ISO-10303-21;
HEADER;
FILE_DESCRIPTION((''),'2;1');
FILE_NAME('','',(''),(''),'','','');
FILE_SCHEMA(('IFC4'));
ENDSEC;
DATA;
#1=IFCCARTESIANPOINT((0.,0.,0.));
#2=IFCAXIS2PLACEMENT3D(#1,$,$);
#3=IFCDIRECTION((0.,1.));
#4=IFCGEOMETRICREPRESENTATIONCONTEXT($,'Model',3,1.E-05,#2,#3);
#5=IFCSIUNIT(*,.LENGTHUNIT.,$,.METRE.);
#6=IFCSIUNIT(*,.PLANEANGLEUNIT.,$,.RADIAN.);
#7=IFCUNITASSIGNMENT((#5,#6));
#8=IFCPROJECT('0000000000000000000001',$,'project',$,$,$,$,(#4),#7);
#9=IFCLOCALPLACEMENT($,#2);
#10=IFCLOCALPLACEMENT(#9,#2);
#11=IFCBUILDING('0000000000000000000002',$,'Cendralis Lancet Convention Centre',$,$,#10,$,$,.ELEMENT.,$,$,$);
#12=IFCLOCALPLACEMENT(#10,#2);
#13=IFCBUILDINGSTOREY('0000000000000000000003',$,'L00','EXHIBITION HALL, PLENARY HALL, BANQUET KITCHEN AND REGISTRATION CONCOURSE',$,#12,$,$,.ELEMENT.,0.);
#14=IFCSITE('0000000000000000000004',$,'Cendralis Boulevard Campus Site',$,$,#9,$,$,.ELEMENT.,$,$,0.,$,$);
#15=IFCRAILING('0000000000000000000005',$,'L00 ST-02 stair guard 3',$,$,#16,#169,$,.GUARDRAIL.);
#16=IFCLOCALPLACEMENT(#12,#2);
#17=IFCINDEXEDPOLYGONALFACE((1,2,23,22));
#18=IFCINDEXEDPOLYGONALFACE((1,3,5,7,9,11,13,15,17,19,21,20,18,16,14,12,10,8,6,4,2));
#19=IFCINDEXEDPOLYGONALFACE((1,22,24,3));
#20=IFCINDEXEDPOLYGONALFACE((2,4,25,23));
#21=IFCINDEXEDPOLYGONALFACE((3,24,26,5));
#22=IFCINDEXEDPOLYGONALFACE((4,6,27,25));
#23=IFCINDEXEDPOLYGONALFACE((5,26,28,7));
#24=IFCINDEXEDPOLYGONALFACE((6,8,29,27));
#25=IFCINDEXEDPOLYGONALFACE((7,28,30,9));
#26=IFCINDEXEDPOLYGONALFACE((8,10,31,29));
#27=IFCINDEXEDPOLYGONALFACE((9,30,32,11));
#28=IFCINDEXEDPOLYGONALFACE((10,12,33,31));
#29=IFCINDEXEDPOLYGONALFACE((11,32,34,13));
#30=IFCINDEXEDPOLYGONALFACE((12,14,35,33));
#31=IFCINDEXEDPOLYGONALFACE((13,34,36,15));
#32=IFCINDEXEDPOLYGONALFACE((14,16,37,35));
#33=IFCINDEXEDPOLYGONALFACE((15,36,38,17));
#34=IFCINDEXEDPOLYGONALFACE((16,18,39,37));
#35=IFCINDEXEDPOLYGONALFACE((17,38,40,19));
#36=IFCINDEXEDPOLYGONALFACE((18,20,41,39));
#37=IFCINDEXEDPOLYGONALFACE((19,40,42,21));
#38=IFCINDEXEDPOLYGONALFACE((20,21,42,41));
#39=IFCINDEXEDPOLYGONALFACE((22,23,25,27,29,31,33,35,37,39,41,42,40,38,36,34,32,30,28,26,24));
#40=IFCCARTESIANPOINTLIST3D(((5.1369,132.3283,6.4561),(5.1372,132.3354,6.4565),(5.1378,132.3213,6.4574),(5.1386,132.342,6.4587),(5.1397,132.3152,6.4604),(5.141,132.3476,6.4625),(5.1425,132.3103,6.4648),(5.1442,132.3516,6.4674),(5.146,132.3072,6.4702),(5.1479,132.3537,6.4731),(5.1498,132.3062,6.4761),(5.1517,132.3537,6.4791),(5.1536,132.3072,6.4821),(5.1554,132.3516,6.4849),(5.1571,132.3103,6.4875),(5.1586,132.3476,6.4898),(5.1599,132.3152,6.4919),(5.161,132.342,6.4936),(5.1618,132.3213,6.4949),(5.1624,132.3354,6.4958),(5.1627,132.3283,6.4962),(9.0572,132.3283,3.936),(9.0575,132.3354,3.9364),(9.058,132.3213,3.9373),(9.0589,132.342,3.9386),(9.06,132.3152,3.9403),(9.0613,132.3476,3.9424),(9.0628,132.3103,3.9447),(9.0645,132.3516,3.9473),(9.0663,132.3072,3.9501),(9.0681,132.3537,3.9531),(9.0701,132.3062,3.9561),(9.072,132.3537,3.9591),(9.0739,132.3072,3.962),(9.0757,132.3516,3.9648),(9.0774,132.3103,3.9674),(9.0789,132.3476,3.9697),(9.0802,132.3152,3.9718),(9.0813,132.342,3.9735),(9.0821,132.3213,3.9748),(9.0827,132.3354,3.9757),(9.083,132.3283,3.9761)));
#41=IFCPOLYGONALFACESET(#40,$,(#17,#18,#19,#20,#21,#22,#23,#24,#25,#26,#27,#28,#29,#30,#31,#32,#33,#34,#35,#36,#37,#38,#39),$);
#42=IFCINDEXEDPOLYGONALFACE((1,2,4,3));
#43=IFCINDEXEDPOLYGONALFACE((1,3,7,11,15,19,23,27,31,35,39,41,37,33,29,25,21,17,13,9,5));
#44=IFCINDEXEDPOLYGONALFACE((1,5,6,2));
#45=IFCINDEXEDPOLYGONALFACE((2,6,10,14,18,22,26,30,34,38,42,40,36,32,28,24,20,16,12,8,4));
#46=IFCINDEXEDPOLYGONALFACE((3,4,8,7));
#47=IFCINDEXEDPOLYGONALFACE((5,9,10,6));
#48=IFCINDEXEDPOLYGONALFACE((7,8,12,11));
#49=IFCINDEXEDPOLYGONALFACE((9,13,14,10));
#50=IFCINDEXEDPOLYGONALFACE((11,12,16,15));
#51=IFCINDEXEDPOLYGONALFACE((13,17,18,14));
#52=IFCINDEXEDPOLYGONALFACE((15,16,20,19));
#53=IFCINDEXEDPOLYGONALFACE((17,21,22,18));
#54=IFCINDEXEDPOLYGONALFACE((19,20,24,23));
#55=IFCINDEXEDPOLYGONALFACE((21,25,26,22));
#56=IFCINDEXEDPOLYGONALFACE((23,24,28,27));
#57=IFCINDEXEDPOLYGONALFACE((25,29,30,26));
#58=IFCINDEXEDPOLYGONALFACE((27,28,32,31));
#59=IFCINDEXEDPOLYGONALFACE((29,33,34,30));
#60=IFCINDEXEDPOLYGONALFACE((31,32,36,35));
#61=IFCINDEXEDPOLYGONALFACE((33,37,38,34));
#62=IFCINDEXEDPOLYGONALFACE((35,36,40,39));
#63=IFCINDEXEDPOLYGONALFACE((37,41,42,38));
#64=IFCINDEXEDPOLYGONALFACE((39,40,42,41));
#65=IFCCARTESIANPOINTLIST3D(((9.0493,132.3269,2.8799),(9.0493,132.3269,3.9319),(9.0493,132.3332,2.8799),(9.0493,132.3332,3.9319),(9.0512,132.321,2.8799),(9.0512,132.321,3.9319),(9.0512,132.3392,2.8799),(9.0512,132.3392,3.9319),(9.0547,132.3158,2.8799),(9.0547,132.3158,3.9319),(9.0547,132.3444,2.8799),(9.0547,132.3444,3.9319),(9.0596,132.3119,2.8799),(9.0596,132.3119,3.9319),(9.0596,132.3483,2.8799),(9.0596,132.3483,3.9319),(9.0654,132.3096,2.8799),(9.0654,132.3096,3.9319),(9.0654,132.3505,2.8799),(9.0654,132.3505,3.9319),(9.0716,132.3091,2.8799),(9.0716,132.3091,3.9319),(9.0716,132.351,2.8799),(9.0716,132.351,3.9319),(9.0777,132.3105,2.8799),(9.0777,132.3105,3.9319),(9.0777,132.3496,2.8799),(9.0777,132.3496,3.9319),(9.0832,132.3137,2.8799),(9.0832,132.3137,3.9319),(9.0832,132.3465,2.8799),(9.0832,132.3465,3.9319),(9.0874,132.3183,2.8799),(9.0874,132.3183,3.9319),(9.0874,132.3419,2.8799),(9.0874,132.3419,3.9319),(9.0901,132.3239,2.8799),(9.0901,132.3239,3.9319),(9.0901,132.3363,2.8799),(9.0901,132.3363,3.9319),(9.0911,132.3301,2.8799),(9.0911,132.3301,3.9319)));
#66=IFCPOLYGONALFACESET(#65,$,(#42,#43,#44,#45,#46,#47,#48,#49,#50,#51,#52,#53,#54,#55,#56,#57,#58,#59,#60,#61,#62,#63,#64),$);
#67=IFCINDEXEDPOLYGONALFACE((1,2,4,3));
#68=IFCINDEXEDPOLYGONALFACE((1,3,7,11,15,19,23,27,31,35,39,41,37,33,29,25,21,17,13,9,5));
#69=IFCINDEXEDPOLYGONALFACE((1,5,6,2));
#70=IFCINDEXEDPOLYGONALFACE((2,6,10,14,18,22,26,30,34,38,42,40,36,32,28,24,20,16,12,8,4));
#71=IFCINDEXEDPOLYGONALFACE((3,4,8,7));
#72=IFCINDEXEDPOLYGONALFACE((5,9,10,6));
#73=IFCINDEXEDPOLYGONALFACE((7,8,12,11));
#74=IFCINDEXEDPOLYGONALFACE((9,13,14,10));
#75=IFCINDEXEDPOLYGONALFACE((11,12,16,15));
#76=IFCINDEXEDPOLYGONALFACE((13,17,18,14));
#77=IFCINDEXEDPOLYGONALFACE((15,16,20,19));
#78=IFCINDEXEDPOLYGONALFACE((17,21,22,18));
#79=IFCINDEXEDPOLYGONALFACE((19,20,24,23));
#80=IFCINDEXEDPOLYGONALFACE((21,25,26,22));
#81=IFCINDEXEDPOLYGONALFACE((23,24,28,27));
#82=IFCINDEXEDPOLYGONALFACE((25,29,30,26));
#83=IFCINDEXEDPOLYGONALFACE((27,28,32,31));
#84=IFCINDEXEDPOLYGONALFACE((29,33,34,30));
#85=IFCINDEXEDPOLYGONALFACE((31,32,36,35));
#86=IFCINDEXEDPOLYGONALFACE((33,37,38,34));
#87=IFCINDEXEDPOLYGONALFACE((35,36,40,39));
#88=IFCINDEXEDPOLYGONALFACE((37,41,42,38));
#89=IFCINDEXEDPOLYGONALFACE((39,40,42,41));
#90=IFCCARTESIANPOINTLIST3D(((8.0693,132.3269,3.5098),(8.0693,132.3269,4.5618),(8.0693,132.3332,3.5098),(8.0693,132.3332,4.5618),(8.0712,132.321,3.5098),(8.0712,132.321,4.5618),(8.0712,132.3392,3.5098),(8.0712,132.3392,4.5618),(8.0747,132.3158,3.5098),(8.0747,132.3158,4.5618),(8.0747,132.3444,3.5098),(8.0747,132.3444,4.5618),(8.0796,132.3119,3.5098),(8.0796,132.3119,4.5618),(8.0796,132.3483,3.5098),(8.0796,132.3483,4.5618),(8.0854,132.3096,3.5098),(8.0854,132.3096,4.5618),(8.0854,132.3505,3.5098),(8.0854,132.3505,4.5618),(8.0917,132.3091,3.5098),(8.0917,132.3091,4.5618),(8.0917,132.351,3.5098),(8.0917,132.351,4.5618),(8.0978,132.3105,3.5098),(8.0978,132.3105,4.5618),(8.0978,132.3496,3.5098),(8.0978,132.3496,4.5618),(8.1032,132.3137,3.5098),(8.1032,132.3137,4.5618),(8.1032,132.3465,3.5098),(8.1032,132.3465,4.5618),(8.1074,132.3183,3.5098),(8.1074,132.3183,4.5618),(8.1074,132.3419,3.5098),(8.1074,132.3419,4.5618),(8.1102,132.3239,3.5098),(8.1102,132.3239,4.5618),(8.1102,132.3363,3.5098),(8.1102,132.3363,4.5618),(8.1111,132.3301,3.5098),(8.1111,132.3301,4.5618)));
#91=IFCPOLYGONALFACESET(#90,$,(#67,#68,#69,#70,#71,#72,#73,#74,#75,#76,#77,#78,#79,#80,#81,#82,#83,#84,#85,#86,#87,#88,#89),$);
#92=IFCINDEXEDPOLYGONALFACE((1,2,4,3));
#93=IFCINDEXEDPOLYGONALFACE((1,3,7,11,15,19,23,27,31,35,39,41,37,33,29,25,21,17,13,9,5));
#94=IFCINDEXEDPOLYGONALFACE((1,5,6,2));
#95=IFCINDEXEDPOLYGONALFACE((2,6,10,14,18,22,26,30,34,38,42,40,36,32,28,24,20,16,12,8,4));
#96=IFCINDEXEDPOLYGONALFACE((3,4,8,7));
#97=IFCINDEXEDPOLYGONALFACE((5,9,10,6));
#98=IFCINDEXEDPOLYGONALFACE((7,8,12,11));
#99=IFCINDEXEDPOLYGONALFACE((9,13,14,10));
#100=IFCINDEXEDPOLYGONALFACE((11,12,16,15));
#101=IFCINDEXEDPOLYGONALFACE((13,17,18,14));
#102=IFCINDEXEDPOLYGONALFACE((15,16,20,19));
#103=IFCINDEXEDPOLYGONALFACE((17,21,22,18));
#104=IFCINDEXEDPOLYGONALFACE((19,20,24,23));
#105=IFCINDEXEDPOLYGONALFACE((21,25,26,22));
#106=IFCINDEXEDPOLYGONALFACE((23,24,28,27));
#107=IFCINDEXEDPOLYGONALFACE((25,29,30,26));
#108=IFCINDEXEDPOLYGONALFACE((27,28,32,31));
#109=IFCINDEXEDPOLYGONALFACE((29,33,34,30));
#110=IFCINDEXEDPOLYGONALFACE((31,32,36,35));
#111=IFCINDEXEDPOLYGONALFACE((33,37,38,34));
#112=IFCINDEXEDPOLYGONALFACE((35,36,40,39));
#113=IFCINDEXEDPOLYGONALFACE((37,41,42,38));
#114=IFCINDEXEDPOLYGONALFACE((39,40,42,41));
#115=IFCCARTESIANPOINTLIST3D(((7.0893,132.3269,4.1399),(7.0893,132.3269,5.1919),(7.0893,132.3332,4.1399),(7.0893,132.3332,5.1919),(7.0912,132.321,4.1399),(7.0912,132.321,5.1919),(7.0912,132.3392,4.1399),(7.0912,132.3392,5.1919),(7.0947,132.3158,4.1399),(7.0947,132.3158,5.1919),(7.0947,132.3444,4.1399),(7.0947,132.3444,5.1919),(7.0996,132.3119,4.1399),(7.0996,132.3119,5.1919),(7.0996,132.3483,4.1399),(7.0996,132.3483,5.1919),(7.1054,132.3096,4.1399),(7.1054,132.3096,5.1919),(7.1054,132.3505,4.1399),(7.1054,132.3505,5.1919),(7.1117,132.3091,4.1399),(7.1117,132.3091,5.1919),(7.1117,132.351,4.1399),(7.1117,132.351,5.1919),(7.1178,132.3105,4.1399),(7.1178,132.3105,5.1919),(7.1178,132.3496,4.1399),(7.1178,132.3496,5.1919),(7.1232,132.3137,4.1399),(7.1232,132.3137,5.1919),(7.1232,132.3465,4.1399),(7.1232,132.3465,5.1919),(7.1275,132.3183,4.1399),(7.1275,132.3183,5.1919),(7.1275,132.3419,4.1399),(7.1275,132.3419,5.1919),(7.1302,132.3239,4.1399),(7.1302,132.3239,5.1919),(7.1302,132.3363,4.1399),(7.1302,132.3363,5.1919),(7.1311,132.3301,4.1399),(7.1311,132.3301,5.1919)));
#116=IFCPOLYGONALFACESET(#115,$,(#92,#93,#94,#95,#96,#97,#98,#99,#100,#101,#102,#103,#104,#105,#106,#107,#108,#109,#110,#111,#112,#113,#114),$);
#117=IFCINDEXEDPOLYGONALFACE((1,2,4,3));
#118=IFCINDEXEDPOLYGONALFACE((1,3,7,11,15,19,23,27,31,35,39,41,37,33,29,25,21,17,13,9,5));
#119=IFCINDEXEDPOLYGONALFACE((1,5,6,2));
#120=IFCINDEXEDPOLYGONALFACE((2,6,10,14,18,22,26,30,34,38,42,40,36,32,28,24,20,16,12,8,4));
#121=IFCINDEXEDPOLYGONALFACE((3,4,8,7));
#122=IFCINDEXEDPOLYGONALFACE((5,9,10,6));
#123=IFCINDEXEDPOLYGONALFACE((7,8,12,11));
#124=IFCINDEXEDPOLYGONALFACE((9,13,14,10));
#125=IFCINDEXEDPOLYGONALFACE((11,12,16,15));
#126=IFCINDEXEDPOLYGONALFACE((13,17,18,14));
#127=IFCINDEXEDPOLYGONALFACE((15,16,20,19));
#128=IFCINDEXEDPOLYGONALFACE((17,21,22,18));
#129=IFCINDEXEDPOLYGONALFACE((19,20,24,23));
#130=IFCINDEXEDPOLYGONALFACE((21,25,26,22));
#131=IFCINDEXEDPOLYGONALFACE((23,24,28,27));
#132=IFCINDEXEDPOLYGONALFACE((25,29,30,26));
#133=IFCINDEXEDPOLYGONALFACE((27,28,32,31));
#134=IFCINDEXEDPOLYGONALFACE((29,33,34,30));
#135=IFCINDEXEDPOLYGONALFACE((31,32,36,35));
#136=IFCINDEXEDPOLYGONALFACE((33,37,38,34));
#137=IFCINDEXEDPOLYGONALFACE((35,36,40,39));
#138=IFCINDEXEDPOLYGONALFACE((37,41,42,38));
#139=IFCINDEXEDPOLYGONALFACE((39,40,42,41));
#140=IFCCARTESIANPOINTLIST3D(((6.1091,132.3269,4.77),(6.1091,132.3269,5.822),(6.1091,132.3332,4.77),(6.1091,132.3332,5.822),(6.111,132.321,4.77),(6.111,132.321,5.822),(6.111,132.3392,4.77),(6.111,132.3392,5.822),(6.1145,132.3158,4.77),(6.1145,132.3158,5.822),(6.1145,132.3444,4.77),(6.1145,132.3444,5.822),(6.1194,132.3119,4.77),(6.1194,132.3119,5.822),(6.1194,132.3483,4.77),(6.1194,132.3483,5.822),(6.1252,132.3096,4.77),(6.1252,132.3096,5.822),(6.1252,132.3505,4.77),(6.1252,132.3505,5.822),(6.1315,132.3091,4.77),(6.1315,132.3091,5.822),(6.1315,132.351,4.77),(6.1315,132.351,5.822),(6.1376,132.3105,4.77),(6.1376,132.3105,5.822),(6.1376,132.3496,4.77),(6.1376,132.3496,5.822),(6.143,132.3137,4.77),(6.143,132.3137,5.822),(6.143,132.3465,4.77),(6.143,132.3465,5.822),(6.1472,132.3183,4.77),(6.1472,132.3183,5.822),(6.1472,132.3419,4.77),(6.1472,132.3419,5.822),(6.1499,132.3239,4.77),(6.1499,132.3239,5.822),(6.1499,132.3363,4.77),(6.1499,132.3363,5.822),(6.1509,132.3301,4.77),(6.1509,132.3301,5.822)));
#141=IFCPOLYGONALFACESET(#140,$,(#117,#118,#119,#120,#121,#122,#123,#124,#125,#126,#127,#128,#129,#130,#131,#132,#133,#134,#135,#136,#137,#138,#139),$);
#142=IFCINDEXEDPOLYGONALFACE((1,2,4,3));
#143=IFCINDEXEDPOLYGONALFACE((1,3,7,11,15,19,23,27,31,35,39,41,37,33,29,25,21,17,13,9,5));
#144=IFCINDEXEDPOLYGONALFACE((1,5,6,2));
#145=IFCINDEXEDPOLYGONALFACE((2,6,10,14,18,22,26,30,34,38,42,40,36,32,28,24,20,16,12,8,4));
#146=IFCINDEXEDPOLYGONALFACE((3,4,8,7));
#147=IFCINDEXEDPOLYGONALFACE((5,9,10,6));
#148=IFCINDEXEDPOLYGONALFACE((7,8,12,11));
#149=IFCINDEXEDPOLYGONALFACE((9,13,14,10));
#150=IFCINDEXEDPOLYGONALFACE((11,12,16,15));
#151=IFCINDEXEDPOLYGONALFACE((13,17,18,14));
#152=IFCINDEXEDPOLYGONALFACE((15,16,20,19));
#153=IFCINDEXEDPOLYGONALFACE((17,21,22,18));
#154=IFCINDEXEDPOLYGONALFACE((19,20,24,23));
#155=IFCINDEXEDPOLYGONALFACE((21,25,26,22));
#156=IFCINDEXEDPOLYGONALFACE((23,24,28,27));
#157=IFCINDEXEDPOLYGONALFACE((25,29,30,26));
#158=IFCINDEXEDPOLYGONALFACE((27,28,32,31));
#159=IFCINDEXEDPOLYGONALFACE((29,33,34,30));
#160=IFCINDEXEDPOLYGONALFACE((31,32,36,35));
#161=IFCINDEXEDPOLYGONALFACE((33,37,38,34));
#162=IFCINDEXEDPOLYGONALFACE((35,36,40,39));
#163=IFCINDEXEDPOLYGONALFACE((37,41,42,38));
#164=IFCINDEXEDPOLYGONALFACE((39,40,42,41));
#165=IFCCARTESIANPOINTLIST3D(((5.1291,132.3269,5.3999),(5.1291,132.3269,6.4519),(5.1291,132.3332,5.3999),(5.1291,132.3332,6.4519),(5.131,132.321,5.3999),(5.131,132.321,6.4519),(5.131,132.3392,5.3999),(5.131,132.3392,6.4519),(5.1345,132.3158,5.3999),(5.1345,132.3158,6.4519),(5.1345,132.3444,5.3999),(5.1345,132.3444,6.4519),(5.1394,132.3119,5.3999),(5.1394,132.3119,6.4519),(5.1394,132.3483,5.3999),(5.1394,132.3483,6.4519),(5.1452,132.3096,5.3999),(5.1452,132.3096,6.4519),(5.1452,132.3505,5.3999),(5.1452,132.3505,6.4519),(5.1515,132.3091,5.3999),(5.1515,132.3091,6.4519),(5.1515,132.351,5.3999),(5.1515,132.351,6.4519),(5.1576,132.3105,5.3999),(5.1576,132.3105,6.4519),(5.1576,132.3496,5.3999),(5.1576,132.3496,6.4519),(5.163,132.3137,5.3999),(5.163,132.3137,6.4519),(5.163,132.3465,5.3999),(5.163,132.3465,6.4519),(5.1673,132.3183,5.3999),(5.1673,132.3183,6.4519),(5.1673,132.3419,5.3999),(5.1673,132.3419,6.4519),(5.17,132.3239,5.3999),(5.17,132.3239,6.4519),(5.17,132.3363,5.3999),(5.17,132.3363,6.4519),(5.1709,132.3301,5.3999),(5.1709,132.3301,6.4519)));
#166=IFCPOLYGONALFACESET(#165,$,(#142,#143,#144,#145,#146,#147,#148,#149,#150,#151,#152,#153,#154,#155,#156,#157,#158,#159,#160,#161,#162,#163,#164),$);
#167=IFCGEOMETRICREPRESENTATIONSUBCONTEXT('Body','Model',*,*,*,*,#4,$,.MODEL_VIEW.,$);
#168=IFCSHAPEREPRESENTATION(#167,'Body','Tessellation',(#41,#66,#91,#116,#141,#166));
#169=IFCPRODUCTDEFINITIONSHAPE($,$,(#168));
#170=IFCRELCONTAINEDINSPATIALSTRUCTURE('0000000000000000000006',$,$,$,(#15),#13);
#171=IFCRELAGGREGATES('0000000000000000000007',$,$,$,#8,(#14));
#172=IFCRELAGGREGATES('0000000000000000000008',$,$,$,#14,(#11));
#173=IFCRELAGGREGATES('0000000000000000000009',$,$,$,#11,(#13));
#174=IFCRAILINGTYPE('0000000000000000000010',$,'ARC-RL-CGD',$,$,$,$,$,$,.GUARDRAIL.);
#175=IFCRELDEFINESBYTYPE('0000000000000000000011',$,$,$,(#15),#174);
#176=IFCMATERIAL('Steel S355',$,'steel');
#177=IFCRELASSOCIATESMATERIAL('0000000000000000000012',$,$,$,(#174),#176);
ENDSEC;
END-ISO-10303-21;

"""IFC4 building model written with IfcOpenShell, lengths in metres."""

from ifc_helpers import new_model, si_unit, direction, frame, origin, origin_2d, place, context, subcontext, project, spatial, circle, extrude, material, type_object, element, save


model = new_model("IFC4")

# Units and contexts
model_context = context("Model", 3, precision=1e-05, world=origin(), true_north=direction((0.0, 1.0)))
body_context = subcontext(model_context, "Body", "Model", "MODEL_VIEW")
ifc_project = project(units=[si_unit("LENGTHUNIT", "METRE"), si_unit("PLANEANGLEUNIT", "RADIAN")], contexts=[model_context])

# Site, building, storey
site_placement = place(None, origin())
site = spatial("IfcSite", under=ifc_project, at=site_placement, Name="Cendralis Boulevard Campus Site", CompositionType="ELEMENT", RefElevation=0.0)
building_placement = place(site_placement, origin())
building = spatial("IfcBuilding", under=site, at=building_placement, Name="Cendralis Lancet Convention Centre", CompositionType="ELEMENT")
storey_placement = place(building_placement, origin())
storey = spatial("IfcBuildingStorey", under=building, at=storey_placement, Name="L00", Description="EXHIBITION HALL, PLENARY HALL, BANQUET KITCHEN AND REGISTRATION CONCOURSE", CompositionType="ELEMENT", Elevation=0.0)

# Railing
ifc_material_1 = material(Name="Steel S355", Category="steel")
railing_type_1 = type_object("IfcRailingType", Name="ARC-RL-CGD", PredefinedType="GUARDRAIL", material=ifc_material_1)
railing_1_placement = place(storey_placement, frame((9.0701, 132.3301, 2.8799)))
element("IfcRailing", 1, at=railing_1_placement, inside=storey, type_object=railing_type_1, Name="L00 ST-02 stair guard 3", PredefinedType="GUARDRAIL", context=body_context, shape_type="SweptSolid", body=[
    extrude(circle(Radius=0.0239, at=origin_2d()), frame((0.0, 0.0, 1.0762), z_axis=(-0.841187, 0.0, 0.540744), x_axis=(0.0, -1.0, 0.0)), (0.0, 0.0, 1.0), 4.6604),
    extrude(circle(Radius=0.021, at=origin_2d()), origin(), (0.0, 0.0, 1.0), 1.052),
    extrude(circle(Radius=0.021, at=origin_2d()), frame((-0.98, 0.0, 0.6299)), (0.0, 0.0, 1.0), 1.052),
    extrude(circle(Radius=0.021, at=origin_2d()), frame((-1.96, 0.0, 1.26)), (0.0, 0.0, 1.0), 1.052),
    extrude(circle(Radius=0.021, at=origin_2d()), frame((-2.9402, 0.0, 1.8901)), (0.0, 0.0, 1.0), 1.052),
    extrude(circle(Radius=0.021, at=origin_2d()), frame((-3.9202, 0.0, 2.52)), (0.0, 0.0, 1.0), 1.052),
])

save(model, "model.ifc")
